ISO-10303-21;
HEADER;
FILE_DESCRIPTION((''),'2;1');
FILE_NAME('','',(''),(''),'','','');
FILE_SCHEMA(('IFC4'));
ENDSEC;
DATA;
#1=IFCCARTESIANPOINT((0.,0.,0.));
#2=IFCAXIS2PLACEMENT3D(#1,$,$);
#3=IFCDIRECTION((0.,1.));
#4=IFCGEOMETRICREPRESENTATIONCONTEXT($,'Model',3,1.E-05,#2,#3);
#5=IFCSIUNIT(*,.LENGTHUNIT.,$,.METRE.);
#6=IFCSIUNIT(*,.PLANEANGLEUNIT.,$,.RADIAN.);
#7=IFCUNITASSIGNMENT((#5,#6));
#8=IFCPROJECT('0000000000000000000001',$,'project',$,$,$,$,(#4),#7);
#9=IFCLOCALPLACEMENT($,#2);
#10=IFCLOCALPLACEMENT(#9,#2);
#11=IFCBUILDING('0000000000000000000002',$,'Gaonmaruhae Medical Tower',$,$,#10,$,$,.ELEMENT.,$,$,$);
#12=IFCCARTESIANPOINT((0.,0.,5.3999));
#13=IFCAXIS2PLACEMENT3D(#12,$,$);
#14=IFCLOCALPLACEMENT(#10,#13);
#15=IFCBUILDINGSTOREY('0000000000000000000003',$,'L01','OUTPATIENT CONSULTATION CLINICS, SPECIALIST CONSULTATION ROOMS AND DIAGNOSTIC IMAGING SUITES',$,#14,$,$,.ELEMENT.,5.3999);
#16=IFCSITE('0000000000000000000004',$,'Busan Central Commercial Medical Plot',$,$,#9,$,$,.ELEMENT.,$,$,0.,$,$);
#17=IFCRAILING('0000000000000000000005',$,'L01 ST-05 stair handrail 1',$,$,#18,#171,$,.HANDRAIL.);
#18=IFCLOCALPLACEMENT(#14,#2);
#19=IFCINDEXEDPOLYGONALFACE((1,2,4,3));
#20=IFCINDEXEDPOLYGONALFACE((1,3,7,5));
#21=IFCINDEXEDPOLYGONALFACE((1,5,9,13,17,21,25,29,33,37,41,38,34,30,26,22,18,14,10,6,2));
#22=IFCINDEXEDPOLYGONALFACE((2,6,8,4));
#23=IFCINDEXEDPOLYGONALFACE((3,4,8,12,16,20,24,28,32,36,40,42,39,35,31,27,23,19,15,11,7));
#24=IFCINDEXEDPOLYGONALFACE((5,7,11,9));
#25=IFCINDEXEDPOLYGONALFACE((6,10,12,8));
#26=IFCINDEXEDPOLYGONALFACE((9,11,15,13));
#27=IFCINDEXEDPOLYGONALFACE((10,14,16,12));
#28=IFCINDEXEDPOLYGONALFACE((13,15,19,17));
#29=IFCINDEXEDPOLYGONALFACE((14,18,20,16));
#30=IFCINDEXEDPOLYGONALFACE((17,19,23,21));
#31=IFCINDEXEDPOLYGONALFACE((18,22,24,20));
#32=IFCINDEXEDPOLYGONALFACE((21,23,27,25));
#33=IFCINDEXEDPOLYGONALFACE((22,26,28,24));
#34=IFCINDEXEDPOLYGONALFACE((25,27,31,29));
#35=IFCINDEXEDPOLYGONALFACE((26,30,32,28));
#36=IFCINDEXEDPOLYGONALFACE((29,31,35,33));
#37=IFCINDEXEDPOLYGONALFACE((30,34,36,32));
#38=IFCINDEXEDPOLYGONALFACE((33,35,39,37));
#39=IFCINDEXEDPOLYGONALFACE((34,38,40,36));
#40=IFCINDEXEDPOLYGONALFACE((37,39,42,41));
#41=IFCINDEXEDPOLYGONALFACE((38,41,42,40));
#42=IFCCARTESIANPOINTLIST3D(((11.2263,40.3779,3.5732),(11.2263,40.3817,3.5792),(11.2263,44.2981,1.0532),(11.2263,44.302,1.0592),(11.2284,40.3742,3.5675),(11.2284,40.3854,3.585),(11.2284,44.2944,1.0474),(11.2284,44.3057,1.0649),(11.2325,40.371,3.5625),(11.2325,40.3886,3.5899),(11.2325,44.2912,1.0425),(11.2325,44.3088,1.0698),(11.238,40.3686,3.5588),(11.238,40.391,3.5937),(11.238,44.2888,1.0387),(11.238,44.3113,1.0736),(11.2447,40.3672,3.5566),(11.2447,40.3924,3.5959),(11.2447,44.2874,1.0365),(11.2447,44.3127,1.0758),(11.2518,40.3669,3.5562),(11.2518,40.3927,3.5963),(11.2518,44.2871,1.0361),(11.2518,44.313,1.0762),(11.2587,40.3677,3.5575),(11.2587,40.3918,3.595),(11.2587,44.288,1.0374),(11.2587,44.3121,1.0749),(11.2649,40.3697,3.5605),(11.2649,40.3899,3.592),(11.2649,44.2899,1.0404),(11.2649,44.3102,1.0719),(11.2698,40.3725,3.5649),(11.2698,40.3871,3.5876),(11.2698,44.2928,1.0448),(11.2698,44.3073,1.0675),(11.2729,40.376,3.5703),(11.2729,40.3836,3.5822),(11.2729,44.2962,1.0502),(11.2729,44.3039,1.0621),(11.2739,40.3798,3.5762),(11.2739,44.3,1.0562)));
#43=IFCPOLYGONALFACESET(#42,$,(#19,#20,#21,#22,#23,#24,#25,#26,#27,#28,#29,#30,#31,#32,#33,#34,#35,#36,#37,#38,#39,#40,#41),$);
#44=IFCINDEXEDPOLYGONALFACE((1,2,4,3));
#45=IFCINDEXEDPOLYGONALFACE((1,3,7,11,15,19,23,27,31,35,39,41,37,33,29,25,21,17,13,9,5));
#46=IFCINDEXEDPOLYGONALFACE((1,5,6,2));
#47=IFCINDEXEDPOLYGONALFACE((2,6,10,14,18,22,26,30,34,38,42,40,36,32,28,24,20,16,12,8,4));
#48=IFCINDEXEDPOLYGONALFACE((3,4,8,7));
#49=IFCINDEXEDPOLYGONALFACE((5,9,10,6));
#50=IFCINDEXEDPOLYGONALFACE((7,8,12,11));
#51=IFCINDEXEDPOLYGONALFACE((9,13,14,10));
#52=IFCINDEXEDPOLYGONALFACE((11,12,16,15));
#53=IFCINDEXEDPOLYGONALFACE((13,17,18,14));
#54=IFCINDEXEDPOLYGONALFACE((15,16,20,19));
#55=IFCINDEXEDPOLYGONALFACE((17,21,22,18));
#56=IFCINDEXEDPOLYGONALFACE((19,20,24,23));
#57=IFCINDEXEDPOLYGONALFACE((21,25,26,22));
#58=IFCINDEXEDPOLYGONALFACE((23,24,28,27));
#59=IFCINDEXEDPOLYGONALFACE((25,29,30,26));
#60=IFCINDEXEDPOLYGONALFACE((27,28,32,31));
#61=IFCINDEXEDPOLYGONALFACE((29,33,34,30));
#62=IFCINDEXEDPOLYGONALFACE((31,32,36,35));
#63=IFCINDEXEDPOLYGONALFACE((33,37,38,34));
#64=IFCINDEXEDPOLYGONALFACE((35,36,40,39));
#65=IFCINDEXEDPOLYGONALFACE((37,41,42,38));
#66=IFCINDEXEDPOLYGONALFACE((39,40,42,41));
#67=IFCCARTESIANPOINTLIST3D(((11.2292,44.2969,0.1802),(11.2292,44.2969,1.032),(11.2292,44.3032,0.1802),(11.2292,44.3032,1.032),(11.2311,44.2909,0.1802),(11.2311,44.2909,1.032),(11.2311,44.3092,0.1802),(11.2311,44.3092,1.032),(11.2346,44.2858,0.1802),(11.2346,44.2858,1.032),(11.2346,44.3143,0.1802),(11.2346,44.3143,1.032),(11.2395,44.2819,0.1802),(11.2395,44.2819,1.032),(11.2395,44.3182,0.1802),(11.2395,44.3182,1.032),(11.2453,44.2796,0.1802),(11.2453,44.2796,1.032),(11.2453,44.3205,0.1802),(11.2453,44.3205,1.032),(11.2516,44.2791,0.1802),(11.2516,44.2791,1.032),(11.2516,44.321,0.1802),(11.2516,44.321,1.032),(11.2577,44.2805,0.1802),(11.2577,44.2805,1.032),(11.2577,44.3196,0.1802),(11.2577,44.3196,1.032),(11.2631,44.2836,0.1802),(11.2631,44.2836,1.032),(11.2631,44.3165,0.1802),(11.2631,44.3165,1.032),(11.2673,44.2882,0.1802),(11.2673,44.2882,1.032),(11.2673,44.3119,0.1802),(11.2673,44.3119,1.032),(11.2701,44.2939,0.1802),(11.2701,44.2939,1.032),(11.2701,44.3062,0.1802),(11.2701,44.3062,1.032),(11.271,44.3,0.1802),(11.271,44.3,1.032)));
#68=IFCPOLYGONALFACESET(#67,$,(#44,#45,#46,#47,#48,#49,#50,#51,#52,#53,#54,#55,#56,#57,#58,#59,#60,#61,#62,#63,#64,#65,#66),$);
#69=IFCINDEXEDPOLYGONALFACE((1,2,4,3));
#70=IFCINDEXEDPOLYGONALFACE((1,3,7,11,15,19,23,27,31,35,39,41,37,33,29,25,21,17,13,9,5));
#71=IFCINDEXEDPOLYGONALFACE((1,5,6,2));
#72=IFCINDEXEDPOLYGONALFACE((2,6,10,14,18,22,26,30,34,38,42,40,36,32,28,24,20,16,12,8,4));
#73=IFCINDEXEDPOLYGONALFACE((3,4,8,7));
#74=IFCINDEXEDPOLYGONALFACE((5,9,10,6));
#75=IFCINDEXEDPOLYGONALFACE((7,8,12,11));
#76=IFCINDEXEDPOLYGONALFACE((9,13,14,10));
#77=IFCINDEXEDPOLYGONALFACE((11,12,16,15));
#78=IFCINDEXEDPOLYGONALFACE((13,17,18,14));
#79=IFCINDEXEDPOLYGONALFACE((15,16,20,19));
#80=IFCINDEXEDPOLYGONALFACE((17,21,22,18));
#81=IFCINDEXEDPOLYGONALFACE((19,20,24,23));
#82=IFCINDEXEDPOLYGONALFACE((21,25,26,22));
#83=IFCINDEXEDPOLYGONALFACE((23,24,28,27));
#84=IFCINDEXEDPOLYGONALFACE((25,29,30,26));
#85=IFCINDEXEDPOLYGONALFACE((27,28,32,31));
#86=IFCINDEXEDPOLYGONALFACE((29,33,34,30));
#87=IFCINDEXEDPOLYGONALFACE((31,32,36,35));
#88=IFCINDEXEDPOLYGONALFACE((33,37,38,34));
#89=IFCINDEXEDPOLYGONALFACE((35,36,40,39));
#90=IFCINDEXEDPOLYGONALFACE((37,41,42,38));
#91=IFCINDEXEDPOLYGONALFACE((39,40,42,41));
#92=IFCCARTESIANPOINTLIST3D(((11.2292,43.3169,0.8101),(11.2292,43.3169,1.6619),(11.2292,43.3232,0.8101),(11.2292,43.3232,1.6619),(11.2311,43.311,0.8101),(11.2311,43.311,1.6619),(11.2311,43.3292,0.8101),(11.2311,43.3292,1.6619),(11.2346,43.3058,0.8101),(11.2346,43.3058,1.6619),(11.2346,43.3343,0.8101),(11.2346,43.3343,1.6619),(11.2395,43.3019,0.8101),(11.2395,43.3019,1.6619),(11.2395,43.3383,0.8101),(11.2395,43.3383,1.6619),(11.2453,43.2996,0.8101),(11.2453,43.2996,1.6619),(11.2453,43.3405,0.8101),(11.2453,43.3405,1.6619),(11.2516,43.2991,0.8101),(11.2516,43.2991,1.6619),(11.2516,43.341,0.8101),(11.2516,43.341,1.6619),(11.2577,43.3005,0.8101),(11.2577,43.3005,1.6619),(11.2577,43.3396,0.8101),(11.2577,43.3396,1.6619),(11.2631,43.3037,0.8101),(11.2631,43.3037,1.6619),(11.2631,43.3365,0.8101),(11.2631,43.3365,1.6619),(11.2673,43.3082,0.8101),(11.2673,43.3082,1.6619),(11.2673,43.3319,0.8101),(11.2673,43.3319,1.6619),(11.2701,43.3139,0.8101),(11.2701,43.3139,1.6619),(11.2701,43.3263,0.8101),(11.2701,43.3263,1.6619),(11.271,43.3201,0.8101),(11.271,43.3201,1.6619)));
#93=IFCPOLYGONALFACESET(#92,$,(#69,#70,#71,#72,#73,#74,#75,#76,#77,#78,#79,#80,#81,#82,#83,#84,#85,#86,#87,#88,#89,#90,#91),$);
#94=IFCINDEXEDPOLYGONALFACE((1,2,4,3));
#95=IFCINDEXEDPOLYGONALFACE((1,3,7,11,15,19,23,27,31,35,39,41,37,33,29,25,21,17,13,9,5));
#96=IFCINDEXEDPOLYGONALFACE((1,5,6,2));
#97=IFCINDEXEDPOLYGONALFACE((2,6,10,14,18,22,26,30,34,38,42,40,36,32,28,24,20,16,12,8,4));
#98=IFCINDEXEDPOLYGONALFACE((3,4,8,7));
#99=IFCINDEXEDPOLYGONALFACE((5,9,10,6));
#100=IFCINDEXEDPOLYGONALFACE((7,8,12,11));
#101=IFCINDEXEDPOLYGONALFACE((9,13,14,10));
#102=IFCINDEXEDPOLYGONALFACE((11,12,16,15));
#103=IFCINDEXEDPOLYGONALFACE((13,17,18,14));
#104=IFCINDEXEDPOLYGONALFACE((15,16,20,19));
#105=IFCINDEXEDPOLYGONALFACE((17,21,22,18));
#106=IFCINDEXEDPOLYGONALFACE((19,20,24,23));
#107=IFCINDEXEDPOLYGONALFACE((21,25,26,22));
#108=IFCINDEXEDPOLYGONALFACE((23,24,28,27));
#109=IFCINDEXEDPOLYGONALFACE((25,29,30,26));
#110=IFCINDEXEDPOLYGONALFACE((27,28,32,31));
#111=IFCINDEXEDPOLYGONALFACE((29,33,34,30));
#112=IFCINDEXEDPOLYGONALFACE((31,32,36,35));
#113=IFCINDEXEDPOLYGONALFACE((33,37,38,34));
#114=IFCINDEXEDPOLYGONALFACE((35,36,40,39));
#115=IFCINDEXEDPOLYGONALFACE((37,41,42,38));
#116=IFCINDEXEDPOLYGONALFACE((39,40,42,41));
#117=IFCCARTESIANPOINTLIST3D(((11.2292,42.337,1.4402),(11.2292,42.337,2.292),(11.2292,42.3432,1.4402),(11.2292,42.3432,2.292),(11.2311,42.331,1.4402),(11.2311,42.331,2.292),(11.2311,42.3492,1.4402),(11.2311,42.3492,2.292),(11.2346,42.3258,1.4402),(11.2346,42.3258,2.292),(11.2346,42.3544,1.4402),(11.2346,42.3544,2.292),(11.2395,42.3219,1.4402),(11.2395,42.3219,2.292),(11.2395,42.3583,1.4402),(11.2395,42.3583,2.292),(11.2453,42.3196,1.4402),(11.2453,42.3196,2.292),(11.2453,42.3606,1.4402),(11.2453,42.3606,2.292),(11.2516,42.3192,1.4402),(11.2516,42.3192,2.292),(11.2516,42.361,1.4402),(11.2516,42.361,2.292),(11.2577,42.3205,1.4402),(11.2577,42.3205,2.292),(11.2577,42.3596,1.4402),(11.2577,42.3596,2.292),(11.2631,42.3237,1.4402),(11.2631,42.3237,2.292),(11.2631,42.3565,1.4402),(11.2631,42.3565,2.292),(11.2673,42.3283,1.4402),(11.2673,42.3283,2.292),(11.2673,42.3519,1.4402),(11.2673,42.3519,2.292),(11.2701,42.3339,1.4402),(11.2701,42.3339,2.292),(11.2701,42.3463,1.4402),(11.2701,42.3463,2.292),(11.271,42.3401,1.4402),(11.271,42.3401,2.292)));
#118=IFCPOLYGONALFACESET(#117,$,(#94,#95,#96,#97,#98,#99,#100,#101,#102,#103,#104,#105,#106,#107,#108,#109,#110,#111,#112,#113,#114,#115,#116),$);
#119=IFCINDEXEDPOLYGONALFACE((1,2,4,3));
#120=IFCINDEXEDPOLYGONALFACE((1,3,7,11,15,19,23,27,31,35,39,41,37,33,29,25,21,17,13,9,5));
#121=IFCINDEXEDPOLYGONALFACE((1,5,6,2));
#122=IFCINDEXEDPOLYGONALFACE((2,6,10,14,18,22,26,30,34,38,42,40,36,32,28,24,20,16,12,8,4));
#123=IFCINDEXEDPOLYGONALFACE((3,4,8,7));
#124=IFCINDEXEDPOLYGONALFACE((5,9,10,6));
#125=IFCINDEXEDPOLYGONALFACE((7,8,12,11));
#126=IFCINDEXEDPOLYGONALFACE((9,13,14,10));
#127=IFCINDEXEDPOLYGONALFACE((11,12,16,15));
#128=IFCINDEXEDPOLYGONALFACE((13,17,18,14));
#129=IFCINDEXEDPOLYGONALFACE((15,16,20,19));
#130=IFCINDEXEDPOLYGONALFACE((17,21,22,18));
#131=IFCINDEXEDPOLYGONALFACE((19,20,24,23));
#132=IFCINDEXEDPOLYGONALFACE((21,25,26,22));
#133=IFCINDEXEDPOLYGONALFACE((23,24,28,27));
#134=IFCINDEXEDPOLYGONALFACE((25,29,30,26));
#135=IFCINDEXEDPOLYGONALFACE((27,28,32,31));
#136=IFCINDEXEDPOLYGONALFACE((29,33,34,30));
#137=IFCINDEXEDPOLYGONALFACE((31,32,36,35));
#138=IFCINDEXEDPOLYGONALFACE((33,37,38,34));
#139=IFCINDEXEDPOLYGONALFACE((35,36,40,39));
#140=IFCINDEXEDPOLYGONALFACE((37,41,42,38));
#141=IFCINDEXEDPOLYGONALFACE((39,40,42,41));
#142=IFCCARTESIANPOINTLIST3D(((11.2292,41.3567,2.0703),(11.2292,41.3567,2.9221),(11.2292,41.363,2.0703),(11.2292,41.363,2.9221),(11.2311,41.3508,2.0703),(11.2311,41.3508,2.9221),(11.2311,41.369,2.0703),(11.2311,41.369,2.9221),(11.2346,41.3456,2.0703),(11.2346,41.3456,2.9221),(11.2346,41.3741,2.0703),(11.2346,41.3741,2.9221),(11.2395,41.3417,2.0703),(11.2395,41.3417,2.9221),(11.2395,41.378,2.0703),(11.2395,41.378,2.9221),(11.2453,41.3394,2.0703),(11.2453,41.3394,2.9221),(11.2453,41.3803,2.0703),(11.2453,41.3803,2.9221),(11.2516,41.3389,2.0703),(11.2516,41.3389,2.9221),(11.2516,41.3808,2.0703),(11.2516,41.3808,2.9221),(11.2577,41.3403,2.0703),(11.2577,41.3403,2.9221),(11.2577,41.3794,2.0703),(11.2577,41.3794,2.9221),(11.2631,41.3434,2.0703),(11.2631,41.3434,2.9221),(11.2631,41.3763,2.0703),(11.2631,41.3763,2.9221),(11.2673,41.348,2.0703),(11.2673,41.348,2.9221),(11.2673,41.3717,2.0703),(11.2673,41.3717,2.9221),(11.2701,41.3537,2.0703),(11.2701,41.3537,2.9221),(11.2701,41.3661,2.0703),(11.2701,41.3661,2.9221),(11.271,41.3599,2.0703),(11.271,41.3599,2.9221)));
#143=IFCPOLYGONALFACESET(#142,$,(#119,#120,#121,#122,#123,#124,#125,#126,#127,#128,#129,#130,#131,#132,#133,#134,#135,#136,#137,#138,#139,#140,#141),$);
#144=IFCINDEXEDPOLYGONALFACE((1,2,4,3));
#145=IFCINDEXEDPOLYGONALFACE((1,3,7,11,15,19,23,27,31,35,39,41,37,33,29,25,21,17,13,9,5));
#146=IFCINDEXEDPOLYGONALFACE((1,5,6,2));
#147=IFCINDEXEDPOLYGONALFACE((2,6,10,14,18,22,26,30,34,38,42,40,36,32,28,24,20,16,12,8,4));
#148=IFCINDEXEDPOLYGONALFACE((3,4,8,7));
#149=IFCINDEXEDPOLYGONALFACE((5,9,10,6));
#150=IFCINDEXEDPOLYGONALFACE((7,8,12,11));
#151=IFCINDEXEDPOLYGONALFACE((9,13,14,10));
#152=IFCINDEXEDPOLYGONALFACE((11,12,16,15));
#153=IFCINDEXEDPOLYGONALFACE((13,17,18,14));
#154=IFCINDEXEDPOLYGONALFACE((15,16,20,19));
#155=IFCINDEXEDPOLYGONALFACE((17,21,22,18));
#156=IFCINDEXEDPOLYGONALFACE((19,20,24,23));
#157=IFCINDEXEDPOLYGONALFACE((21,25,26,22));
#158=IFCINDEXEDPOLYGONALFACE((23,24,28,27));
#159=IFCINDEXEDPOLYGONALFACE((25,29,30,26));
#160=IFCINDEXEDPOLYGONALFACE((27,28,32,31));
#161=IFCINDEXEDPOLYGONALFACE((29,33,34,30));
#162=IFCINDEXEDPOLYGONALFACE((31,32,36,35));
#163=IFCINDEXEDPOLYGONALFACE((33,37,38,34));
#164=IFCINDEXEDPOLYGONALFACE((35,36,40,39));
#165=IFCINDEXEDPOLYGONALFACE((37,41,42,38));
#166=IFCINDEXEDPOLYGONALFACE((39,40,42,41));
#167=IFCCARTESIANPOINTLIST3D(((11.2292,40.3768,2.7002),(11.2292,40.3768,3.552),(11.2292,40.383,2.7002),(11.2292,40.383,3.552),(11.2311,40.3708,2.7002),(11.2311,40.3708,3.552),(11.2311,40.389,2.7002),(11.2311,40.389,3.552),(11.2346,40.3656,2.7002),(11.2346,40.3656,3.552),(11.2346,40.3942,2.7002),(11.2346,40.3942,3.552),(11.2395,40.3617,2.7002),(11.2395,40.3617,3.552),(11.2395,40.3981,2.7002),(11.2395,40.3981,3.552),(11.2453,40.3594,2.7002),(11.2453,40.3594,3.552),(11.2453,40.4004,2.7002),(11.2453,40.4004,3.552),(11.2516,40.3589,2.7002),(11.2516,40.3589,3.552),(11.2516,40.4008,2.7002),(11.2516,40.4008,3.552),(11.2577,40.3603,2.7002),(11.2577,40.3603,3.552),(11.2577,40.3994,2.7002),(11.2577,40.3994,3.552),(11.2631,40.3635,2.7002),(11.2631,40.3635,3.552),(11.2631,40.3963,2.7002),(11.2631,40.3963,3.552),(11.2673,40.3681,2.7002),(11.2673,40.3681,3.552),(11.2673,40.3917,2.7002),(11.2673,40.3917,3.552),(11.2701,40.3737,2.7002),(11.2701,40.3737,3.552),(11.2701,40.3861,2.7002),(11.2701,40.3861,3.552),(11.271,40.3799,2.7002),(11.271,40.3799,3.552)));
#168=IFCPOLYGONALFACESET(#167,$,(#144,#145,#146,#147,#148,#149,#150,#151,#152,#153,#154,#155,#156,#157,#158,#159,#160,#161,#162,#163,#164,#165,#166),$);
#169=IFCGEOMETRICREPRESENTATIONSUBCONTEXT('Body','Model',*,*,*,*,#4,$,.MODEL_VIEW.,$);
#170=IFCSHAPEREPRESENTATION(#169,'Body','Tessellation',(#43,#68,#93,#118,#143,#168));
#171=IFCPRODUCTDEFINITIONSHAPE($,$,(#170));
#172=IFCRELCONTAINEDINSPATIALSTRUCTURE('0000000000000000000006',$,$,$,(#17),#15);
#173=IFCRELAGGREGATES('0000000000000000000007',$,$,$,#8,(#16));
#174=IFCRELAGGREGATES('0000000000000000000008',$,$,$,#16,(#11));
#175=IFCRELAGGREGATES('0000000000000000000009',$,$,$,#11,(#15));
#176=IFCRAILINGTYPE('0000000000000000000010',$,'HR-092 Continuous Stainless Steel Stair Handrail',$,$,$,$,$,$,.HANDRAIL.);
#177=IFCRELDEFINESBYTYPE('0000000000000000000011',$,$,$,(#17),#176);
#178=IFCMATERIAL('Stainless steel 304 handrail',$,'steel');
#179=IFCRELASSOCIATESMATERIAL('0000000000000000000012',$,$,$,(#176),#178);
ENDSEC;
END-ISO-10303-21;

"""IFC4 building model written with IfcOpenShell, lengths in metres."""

from ifc_helpers import new_model, si_unit, direction, frame, origin, origin_2d, place, context, subcontext, project, spatial, circle, extrude, material, type_object, element, save


model = new_model("IFC4")

# Units and contexts
model_context = context("Model", 3, precision=1e-05, world=origin(), true_north=direction((0.0, 1.0)))
body_context = subcontext(model_context, "Body", "Model", "MODEL_VIEW")
ifc_project = project(units=[si_unit("LENGTHUNIT", "METRE"), si_unit("PLANEANGLEUNIT", "RADIAN")], contexts=[model_context])

# Site, building, storey
site_placement = place(None, origin())
site = spatial("IfcSite", under=ifc_project, at=site_placement, Name="Busan Central Commercial Medical Plot", CompositionType="ELEMENT", RefElevation=0.0)
building_placement = place(site_placement, origin())
building = spatial("IfcBuilding", under=site, at=building_placement, Name="Gaonmaruhae Medical Tower", CompositionType="ELEMENT")
storey_placement = place(building_placement, frame((0.0, 0.0, 5.3999)))
storey = spatial("IfcBuildingStorey", under=building, at=storey_placement, Name="L01", Description="OUTPATIENT CONSULTATION CLINICS, SPECIALIST CONSULTATION ROOMS AND DIAGNOSTIC IMAGING SUITES", CompositionType="ELEMENT", Elevation=5.3999)

# Railing
ifc_material_1 = material(Name="Stainless steel 304 handrail", Category="steel")
railing_type_1 = type_object("IfcRailingType", Name="HR-092 Continuous Stainless Steel Stair Handrail", PredefinedType="HANDRAIL", material=ifc_material_1)
railing_1_placement = place(storey_placement, frame((11.25, 44.3, 0.1802)))
element("IfcRailing", 1, at=railing_1_placement, inside=storey, type_object=railing_type_1, Name="L01 ST-05 stair handrail 1", PredefinedType="HANDRAIL", context=body_context, shape_type="SweptSolid", body=[
    extrude(circle(Radius=0.0239, at=origin_2d()), frame((0.0, 0.0, 0.876), z_axis=(0.0, -0.841187, 0.540744), x_axis=(1.0, 0.0, 0.0)), (0.0, 0.0, 1.0), 4.6604),
    extrude(circle(Radius=0.021, at=origin_2d()), origin(), (0.0, 0.0, 1.0), 0.8518),
    extrude(circle(Radius=0.021, at=origin_2d()), frame((0.0, -0.98, 0.6299)), (0.0, 0.0, 1.0), 0.8518),
    extrude(circle(Radius=0.021, at=origin_2d()), frame((0.0, -1.96, 1.26)), (0.0, 0.0, 1.0), 0.8518),
    extrude(circle(Radius=0.021, at=origin_2d()), frame((0.0, -2.9402, 1.8901)), (0.0, 0.0, 1.0), 0.8518),
    extrude(circle(Radius=0.021, at=origin_2d()), frame((0.0, -3.9202, 2.52)), (0.0, 0.0, 1.0), 0.8518),
])

save(model, "model.ifc")
